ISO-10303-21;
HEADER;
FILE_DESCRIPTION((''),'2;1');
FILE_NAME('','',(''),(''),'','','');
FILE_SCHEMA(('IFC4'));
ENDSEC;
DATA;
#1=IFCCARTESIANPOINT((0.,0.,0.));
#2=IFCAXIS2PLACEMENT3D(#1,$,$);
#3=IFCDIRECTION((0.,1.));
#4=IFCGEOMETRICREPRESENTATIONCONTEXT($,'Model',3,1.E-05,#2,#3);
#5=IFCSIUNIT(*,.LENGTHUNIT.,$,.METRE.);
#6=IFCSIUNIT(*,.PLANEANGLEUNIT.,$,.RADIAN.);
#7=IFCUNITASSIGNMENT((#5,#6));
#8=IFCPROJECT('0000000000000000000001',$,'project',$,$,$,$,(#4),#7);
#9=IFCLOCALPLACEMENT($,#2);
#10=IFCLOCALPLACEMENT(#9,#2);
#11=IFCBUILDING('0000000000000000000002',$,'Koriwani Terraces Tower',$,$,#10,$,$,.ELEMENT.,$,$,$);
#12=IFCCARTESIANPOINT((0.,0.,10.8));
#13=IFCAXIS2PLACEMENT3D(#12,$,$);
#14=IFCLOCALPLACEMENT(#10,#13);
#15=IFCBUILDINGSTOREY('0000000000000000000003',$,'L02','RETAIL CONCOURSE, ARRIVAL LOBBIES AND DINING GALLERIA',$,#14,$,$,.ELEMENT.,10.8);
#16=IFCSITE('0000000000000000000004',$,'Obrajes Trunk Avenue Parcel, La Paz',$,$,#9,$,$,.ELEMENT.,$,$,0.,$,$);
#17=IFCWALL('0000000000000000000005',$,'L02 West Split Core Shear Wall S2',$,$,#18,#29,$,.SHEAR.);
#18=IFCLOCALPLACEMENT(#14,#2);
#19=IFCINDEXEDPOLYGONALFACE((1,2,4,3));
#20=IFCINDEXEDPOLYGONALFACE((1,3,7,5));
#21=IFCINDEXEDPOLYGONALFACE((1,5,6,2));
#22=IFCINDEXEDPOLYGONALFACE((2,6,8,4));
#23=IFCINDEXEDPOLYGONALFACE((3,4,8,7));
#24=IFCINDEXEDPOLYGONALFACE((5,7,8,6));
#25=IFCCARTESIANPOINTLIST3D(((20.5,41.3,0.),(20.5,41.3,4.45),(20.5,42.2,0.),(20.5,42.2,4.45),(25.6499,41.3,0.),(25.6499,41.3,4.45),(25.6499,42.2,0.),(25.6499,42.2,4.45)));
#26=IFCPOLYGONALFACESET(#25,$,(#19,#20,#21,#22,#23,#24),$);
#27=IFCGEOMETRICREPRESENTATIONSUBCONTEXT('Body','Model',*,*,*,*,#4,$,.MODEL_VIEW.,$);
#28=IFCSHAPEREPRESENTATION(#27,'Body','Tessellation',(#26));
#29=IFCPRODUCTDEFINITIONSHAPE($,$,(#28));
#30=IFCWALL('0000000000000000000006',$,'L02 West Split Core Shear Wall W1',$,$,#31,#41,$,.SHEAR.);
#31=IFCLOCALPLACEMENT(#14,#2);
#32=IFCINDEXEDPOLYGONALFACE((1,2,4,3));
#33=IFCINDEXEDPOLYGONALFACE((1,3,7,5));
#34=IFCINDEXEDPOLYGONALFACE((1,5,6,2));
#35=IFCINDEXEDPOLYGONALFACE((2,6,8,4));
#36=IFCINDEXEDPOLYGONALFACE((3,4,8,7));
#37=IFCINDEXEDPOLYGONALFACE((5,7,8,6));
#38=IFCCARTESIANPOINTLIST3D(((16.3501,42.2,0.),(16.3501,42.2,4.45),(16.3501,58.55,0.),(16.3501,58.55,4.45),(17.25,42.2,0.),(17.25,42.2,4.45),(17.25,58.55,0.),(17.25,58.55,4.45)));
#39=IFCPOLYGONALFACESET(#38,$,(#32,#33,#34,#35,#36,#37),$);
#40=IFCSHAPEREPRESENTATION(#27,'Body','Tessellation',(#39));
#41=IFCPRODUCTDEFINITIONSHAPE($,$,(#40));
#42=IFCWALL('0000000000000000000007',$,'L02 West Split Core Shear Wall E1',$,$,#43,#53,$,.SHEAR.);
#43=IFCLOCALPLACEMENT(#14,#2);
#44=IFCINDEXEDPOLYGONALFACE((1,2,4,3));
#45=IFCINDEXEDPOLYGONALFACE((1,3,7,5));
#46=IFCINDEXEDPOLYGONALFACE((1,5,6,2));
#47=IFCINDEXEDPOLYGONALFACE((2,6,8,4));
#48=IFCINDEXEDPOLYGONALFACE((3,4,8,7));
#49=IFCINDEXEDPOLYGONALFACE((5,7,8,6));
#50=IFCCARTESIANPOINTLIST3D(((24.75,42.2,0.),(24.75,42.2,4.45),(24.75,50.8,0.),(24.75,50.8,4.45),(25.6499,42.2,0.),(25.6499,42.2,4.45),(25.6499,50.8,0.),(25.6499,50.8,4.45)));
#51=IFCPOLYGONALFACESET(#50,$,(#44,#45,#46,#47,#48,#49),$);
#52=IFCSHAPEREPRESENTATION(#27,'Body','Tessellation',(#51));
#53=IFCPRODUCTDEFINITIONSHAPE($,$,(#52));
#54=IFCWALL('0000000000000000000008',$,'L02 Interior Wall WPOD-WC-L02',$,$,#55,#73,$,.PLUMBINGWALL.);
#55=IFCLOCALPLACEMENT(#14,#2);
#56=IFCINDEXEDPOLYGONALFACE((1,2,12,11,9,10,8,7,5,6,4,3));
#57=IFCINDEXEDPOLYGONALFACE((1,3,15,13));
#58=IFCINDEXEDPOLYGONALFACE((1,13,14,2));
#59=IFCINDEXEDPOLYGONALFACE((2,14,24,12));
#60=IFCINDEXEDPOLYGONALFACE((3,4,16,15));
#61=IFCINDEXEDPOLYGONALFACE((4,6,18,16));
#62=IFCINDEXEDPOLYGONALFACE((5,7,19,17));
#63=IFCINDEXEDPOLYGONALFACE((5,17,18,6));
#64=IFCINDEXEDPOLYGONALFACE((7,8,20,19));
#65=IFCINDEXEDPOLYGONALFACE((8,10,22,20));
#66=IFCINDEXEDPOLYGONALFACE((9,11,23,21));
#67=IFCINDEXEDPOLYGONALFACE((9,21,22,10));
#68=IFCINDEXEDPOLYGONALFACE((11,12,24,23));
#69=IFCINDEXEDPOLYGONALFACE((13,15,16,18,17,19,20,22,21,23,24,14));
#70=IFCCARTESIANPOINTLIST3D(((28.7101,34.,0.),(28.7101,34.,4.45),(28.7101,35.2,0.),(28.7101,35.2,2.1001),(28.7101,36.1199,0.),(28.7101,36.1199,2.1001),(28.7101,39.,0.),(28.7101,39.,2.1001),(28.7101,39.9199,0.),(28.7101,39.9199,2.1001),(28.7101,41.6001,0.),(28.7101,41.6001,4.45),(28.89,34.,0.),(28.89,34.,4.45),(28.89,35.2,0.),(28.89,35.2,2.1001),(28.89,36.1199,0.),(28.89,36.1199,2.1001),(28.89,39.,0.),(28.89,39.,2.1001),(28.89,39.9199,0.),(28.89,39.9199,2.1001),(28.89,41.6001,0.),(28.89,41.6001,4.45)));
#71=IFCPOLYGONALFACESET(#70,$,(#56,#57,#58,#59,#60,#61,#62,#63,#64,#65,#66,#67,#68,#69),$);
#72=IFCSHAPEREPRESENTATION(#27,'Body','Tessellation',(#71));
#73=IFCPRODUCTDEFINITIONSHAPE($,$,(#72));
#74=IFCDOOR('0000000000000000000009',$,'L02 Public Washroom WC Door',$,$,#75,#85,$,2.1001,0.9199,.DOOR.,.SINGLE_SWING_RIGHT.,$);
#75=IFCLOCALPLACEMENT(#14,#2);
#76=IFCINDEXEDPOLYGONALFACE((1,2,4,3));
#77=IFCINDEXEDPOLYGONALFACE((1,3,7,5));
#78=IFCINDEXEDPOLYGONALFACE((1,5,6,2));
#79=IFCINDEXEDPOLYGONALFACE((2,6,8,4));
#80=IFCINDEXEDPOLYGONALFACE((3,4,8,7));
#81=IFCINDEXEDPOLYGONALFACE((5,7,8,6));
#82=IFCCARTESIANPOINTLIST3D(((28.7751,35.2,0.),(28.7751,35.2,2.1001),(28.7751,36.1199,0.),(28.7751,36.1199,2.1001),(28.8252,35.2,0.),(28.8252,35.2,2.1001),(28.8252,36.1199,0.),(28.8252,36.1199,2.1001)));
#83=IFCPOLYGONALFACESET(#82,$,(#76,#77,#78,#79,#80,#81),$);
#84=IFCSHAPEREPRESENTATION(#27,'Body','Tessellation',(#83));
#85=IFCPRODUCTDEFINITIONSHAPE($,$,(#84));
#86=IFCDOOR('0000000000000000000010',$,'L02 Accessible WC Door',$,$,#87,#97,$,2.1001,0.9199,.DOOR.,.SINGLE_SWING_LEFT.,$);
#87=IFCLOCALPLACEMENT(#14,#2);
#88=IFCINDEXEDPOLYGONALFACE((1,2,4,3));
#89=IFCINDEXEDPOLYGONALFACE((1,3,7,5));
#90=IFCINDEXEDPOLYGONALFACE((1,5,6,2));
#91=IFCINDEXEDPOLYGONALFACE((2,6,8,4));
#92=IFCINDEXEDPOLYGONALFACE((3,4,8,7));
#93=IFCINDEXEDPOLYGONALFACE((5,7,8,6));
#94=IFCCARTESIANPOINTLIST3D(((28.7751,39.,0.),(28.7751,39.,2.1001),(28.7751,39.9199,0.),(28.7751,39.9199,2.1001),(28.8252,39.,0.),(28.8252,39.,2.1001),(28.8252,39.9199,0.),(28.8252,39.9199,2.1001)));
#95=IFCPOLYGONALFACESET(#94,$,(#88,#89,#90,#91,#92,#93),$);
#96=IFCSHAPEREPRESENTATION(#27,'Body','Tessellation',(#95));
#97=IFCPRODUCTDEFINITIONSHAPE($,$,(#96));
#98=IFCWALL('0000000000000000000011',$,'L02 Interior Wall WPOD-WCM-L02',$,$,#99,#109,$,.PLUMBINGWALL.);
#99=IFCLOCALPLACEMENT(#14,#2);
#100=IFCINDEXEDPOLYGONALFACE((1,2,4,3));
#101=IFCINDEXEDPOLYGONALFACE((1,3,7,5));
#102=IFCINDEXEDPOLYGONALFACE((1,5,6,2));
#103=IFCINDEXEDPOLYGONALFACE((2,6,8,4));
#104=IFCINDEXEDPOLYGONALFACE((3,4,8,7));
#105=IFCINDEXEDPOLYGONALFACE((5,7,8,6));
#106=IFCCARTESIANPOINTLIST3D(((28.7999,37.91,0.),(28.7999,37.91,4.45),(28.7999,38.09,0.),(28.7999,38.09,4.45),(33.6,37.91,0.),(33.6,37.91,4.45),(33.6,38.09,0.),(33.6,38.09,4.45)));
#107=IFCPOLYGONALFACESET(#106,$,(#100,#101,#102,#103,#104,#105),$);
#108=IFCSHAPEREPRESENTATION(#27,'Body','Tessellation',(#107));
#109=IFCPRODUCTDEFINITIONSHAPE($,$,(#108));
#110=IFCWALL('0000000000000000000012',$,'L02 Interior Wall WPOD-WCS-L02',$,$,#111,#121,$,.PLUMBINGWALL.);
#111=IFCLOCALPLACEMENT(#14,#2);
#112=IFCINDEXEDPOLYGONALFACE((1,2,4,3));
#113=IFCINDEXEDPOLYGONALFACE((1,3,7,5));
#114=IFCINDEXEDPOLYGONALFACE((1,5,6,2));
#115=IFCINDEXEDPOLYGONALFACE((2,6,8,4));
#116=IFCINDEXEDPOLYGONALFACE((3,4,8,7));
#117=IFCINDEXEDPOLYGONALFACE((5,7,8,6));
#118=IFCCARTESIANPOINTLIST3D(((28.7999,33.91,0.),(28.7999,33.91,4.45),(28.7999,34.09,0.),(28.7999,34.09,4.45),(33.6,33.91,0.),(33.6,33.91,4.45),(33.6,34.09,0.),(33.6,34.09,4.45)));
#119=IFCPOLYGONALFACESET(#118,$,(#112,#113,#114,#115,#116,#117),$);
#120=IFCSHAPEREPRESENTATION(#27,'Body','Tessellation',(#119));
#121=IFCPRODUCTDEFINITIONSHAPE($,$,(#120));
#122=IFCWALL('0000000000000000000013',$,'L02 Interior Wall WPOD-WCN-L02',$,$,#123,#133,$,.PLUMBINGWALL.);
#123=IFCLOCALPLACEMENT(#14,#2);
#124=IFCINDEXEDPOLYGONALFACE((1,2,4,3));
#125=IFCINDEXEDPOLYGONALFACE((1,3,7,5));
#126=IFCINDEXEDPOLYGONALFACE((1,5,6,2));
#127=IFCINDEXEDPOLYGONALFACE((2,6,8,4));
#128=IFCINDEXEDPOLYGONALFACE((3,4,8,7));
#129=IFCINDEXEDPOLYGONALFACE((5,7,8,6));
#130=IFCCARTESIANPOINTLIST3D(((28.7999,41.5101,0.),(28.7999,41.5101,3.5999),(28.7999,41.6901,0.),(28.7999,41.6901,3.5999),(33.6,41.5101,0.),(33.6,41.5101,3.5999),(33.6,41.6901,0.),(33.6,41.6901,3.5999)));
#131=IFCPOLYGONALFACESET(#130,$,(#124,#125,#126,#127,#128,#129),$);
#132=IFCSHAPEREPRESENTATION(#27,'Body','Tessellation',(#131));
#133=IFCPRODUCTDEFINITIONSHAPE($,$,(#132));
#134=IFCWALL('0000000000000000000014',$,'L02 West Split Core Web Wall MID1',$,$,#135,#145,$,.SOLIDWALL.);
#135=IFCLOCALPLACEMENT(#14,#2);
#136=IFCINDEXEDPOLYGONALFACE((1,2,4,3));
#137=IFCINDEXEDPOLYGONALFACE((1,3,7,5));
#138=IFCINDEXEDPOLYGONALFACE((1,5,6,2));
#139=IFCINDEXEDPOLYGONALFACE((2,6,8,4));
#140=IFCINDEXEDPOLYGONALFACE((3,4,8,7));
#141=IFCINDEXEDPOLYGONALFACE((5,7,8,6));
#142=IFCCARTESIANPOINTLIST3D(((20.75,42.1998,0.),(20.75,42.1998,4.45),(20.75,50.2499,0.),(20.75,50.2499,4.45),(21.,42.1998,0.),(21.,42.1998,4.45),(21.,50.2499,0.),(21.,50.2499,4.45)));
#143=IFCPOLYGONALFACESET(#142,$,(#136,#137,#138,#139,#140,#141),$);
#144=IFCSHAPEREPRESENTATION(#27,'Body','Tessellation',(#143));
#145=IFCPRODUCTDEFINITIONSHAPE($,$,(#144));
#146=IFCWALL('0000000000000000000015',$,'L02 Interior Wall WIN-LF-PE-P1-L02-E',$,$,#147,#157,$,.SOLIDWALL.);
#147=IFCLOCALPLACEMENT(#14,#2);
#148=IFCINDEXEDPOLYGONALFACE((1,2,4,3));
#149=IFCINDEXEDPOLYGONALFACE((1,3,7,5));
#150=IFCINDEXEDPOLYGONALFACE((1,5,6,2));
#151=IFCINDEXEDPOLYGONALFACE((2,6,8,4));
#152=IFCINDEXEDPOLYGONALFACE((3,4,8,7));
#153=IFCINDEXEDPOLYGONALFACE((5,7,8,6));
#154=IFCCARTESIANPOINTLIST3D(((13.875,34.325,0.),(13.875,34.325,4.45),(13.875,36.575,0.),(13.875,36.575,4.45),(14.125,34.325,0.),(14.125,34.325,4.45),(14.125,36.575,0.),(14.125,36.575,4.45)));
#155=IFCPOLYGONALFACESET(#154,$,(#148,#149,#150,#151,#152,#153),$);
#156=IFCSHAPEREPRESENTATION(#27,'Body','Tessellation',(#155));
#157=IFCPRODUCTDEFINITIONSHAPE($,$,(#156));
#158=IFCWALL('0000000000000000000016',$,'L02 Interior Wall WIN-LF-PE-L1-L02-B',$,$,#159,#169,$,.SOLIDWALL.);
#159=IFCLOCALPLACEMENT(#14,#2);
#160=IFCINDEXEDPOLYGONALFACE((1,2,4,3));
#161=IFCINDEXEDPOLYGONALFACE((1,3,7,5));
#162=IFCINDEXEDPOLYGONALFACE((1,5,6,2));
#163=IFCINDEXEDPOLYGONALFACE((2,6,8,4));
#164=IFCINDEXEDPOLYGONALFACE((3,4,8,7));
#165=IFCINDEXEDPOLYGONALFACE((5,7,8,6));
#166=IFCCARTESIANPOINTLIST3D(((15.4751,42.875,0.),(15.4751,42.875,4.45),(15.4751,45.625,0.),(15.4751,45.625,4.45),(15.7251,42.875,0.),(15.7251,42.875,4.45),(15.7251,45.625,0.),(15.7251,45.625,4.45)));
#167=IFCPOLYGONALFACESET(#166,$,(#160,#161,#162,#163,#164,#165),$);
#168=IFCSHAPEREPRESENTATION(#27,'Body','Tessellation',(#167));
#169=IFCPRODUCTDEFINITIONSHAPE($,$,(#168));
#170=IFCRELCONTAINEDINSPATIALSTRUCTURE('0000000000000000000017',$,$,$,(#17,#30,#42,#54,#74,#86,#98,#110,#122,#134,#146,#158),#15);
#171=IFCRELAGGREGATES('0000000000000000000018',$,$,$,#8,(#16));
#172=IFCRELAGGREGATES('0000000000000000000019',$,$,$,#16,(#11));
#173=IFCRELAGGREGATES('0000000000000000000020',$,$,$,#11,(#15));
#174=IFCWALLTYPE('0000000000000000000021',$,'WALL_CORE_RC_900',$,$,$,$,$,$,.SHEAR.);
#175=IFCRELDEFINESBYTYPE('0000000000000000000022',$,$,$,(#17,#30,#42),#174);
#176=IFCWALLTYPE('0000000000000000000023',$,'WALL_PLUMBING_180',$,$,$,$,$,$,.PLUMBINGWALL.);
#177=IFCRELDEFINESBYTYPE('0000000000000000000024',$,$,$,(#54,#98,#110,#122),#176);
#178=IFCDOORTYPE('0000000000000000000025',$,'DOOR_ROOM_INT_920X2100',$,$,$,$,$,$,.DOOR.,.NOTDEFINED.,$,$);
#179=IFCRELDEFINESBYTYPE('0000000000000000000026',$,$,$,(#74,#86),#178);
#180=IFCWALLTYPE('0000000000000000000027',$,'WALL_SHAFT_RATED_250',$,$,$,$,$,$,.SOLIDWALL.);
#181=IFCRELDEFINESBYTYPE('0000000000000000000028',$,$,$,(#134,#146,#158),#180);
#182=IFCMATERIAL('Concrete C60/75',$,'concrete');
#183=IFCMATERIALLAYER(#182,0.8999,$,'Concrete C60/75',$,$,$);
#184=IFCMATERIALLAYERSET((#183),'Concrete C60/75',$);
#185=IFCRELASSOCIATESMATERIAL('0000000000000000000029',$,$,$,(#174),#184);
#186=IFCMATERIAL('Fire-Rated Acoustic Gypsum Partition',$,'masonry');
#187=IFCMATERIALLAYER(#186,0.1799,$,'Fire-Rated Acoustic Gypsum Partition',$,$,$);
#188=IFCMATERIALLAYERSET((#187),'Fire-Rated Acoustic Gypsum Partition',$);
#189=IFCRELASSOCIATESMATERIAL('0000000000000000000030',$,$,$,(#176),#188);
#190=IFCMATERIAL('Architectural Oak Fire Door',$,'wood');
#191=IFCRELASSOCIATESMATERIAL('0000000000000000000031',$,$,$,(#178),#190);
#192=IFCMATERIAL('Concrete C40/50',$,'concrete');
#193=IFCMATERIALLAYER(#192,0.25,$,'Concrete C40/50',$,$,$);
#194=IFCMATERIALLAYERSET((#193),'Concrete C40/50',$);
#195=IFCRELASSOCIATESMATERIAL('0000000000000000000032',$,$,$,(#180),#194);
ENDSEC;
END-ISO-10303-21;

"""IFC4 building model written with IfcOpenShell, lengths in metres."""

from ifc_helpers import new_model, si_unit, direction, frame, frame_2d, origin, place, context, subcontext, project, spatial, rectangle, extrude, material, layer, layer_set, type_object, element, fill, save


model = new_model("IFC4")

# Units and contexts
model_context = context("Model", 3, precision=1e-05, world=origin(), true_north=direction((0.0, 1.0)))
body_context = subcontext(model_context, "Body", "Model", "MODEL_VIEW")
ifc_project = project(units=[si_unit("LENGTHUNIT", "METRE"), si_unit("PLANEANGLEUNIT", "RADIAN")], contexts=[model_context])

# Site, building, storey
site_placement = place(None, origin())
site = spatial("IfcSite", under=ifc_project, at=site_placement, Name="Obrajes Trunk Avenue Parcel, La Paz", CompositionType="ELEMENT", RefElevation=0.0)
building_placement = place(site_placement, origin())
building = spatial("IfcBuilding", under=site, at=building_placement, Name="Koriwani Terraces Tower", CompositionType="ELEMENT")
storey_placement = place(building_placement, frame((0.0, 0.0, 10.8)))
storey = spatial("IfcBuildingStorey", under=building, at=storey_placement, Name="L02", Description="RETAIL CONCOURSE, ARRIVAL LOBBIES AND DINING GALLERIA", CompositionType="ELEMENT", Elevation=10.8)

# Shared definitions
ifc_material_1 = material(Name="Concrete C60/75", Category="concrete")

# Walls
ifc_layer_1 = layer(ifc_material_1, 0.8999, Name="Concrete C60/75")
ifc_layer_set_1 = layer_set([ifc_layer_1], Name="Concrete C60/75")
wall_type_1 = type_object("IfcWallType", Name="WALL_CORE_RC_900", PredefinedType="SHEAR", material=ifc_layer_set_1)
wall_1_placement = place(storey_placement, frame((20.5, 41.75, 0.0), z_axis=(0.0, 0.0, 1.0), x_axis=(1.0, 0.0, 0.0)))
element("IfcWall", 1, at=wall_1_placement, inside=storey, type_object=wall_type_1, Name="L02 West Split Core Shear Wall S2", PredefinedType="SHEAR", context=body_context, shape_type="SweptSolid", body=[
    extrude(rectangle(XDim=5.1499, YDim=0.8999, at=frame_2d((2.575, 0.0))), origin(), (0.0, 0.0, 1.0), 4.45),
])
wall_2_placement = place(storey_placement, frame((16.8, 42.2, 0.0), z_axis=(0.0, 0.0, 1.0), x_axis=(0.0, 1.0, 0.0)))
element("IfcWall", 2, at=wall_2_placement, inside=storey, type_object=wall_type_1, Name="L02 West Split Core Shear Wall W1", PredefinedType="SHEAR", context=body_context, shape_type="SweptSolid", body=[
    extrude(rectangle(XDim=16.3501, YDim=0.8999, at=frame_2d((8.175, 0.0))), origin(), (0.0, 0.0, 1.0), 4.45),
])
wall_3_placement = place(storey_placement, frame((25.2, 42.2, 0.0), z_axis=(0.0, 0.0, 1.0), x_axis=(0.0, 1.0, 0.0)))
element("IfcWall", 3, at=wall_3_placement, inside=storey, type_object=wall_type_1, Name="L02 West Split Core Shear Wall E1", PredefinedType="SHEAR", context=body_context, shape_type="SweptSolid", body=[
    extrude(rectangle(XDim=8.6001, YDim=0.8999, at=frame_2d((4.3, 0.0))), origin(), (0.0, 0.0, 1.0), 4.45),
])

# Wall, openings, doors
ifc_material_2 = material(Name="Fire-Rated Acoustic Gypsum Partition", Category="masonry")
ifc_layer_2 = layer(ifc_material_2, 0.1799, Name="Fire-Rated Acoustic Gypsum Partition")
ifc_layer_set_2 = layer_set([ifc_layer_2], Name="Fire-Rated Acoustic Gypsum Partition")
wall_type_2 = type_object("IfcWallType", Name="WALL_PLUMBING_180", PredefinedType="PLUMBINGWALL", material=ifc_layer_set_2)
wall_4_placement = place(storey_placement, frame((28.8, 34.0, 0.0), z_axis=(0.0, 0.0, 1.0), x_axis=(0.0, 1.0, 0.0)))
wall_4 = element("IfcWall", 4, at=wall_4_placement, inside=storey, type_object=wall_type_2, Name="L02 Interior Wall WPOD-WC-L02", PredefinedType="PLUMBINGWALL", context=body_context, shape_type="SweptSolid", body=[
    extrude(rectangle(XDim=7.6001, YDim=0.1799, at=frame_2d((3.8, 0.0))), origin(), (0.0, 0.0, 1.0), 4.45),
])
opening_1_placement = place(wall_4_placement, frame((1.2, 0.0, 0.0)))
opening_1 = element("IfcOpeningElement", 5, at=opening_1_placement, cuts=wall_4, PredefinedType="OPENING", context=body_context, shape_type="SweptSolid", body=[
    extrude(rectangle(XDim=0.9199, YDim=2.1001, at=frame_2d((0.46, 1.05))), frame((0.0, 0.1001, 0.0), z_axis=(0.0, -1.0, 0.0), x_axis=(1.0, 0.0, 0.0)), (0.0, 0.0, 1.0), 0.2),
])
opening_2_placement = place(wall_4_placement, frame((5.0, 0.0, 0.0)))
opening_2 = element("IfcOpeningElement", 6, at=opening_2_placement, cuts=wall_4, PredefinedType="OPENING", context=body_context, shape_type="SweptSolid", body=[
    extrude(rectangle(XDim=0.9199, YDim=2.1001, at=frame_2d((0.46, 1.05))), frame((0.0, 0.1001, 0.0), z_axis=(0.0, -1.0, 0.0), x_axis=(1.0, 0.0, 0.0)), (0.0, 0.0, 1.0), 0.2),
])
ifc_material_3 = material(Name="Architectural Oak Fire Door", Category="wood")
door_type_1 = type_object("IfcDoorType", Name="DOOR_ROOM_INT_920X2100", OperationType="NOTDEFINED", PredefinedType="DOOR", material=ifc_material_3)
door_1_placement = place(opening_1_placement, origin())
door_1 = element("IfcDoor", 7, at=door_1_placement, inside=storey, type_object=door_type_1, Name="L02 Public Washroom WC Door", OperationType="SINGLE_SWING_RIGHT", OverallHeight=2.1001, OverallWidth=0.9199, PredefinedType="DOOR", context=body_context, shape_type="SweptSolid", body=[
    extrude(rectangle(XDim=0.9199, YDim=2.1001, at=frame_2d((0.46, 1.05))), frame((0.0, 0.0249, 0.0), z_axis=(0.0, -1.0, 0.0), x_axis=(1.0, 0.0, 0.0)), (0.0, 0.0, 1.0), 0.05),
])
fill(opening_1, door_1)
door_2_placement = place(opening_2_placement, origin())
door_2 = element("IfcDoor", 8, at=door_2_placement, inside=storey, type_object=door_type_1, Name="L02 Accessible WC Door", OperationType="SINGLE_SWING_LEFT", OverallHeight=2.1001, OverallWidth=0.9199, PredefinedType="DOOR", context=body_context, shape_type="SweptSolid", body=[
    extrude(rectangle(XDim=0.9199, YDim=2.1001, at=frame_2d((0.46, 1.05))), frame((0.0, 0.0249, 0.0), z_axis=(0.0, -1.0, 0.0), x_axis=(1.0, 0.0, 0.0)), (0.0, 0.0, 1.0), 0.05),
])
fill(opening_2, door_2)

# Walls
for number, where, z_axis, x_axis, name in (
    (9, (28.8, 38.0, 0.0), (0.0, 0.0, 1.0), (1.0, 0.0, 0.0), "L02 Interior Wall WPOD-WCM-L02"),
    (10, (28.8, 34.0, 0.0), (0.0, 0.0, 1.0), (1.0, 0.0, 0.0), "L02 Interior Wall WPOD-WCS-L02"),
):
    element("IfcWall", number, at=place(storey_placement, frame(where, z_axis=z_axis, x_axis=x_axis)), inside=storey, type_object=wall_type_2, Name=name, PredefinedType="PLUMBINGWALL", context=body_context, shape_type="SweptSolid", body=[
        extrude(rectangle(XDim=4.8, YDim=0.1799, at=frame_2d((2.3999, 0.0))), origin(), (0.0, 0.0, 1.0), 4.45),
    ])
wall_5_placement = place(storey_placement, frame((28.8, 41.6001, 0.0), z_axis=(0.0, 0.0, 1.0), x_axis=(1.0, 0.0, 0.0)))
element("IfcWall", 11, at=wall_5_placement, inside=storey, type_object=wall_type_2, Name="L02 Interior Wall WPOD-WCN-L02", PredefinedType="PLUMBINGWALL", context=body_context, shape_type="SweptSolid", body=[
    extrude(rectangle(XDim=4.8, YDim=0.1799, at=frame_2d((2.3999, 0.0))), origin(), (0.0, 0.0, 1.0), 3.5999),
])
ifc_material_4 = material(Name="Concrete C40/50", Category="concrete")
ifc_layer_3 = layer(ifc_material_4, 0.25, Name="Concrete C40/50")
ifc_layer_set_3 = layer_set([ifc_layer_3], Name="Concrete C40/50")
wall_type_3 = type_object("IfcWallType", Name="WALL_SHAFT_RATED_250", PredefinedType="SOLIDWALL", material=ifc_layer_set_3)
wall_6_placement = place(storey_placement, frame((20.875, 42.2, 0.0), z_axis=(0.0, 0.0, 1.0), x_axis=(0.0, 1.0, 0.0)))
element("IfcWall", 12, at=wall_6_placement, inside=storey, type_object=wall_type_3, Name="L02 West Split Core Web Wall MID1", PredefinedType="SOLIDWALL", context=body_context, shape_type="SweptSolid", body=[
    extrude(rectangle(XDim=8.05, YDim=0.25, at=frame_2d((4.0249, 0.0))), origin(), (0.0, 0.0, 1.0), 4.45),
])

# Walls
wall_7_placement = place(storey_placement, frame((14.0, 34.325, 0.0), z_axis=(0.0, 0.0, 1.0), x_axis=(0.0, 1.0, 0.0)))
element("IfcWall", 13, at=wall_7_placement, inside=storey, type_object=wall_type_3, Name="L02 Interior Wall WIN-LF-PE-P1-L02-E", PredefinedType="SOLIDWALL", context=body_context, shape_type="SweptSolid", body=[
    extrude(rectangle(XDim=2.25, YDim=0.25, at=frame_2d((1.125, 0.0))), origin(), (0.0, 0.0, 1.0), 4.45),
])
wall_8_placement = place(storey_placement, frame((15.6001, 42.875, 0.0), z_axis=(0.0, 0.0, 1.0), x_axis=(0.0, 1.0, 0.0)))
element("IfcWall", 14, at=wall_8_placement, inside=storey, type_object=wall_type_3, Name="L02 Interior Wall WIN-LF-PE-L1-L02-B", PredefinedType="SOLIDWALL", context=body_context, shape_type="SweptSolid", body=[
    extrude(rectangle(XDim=2.75, YDim=0.25, at=frame_2d((1.375, 0.0))), origin(), (0.0, 0.0, 1.0), 4.45),
])

save(model, "model.ifc")
